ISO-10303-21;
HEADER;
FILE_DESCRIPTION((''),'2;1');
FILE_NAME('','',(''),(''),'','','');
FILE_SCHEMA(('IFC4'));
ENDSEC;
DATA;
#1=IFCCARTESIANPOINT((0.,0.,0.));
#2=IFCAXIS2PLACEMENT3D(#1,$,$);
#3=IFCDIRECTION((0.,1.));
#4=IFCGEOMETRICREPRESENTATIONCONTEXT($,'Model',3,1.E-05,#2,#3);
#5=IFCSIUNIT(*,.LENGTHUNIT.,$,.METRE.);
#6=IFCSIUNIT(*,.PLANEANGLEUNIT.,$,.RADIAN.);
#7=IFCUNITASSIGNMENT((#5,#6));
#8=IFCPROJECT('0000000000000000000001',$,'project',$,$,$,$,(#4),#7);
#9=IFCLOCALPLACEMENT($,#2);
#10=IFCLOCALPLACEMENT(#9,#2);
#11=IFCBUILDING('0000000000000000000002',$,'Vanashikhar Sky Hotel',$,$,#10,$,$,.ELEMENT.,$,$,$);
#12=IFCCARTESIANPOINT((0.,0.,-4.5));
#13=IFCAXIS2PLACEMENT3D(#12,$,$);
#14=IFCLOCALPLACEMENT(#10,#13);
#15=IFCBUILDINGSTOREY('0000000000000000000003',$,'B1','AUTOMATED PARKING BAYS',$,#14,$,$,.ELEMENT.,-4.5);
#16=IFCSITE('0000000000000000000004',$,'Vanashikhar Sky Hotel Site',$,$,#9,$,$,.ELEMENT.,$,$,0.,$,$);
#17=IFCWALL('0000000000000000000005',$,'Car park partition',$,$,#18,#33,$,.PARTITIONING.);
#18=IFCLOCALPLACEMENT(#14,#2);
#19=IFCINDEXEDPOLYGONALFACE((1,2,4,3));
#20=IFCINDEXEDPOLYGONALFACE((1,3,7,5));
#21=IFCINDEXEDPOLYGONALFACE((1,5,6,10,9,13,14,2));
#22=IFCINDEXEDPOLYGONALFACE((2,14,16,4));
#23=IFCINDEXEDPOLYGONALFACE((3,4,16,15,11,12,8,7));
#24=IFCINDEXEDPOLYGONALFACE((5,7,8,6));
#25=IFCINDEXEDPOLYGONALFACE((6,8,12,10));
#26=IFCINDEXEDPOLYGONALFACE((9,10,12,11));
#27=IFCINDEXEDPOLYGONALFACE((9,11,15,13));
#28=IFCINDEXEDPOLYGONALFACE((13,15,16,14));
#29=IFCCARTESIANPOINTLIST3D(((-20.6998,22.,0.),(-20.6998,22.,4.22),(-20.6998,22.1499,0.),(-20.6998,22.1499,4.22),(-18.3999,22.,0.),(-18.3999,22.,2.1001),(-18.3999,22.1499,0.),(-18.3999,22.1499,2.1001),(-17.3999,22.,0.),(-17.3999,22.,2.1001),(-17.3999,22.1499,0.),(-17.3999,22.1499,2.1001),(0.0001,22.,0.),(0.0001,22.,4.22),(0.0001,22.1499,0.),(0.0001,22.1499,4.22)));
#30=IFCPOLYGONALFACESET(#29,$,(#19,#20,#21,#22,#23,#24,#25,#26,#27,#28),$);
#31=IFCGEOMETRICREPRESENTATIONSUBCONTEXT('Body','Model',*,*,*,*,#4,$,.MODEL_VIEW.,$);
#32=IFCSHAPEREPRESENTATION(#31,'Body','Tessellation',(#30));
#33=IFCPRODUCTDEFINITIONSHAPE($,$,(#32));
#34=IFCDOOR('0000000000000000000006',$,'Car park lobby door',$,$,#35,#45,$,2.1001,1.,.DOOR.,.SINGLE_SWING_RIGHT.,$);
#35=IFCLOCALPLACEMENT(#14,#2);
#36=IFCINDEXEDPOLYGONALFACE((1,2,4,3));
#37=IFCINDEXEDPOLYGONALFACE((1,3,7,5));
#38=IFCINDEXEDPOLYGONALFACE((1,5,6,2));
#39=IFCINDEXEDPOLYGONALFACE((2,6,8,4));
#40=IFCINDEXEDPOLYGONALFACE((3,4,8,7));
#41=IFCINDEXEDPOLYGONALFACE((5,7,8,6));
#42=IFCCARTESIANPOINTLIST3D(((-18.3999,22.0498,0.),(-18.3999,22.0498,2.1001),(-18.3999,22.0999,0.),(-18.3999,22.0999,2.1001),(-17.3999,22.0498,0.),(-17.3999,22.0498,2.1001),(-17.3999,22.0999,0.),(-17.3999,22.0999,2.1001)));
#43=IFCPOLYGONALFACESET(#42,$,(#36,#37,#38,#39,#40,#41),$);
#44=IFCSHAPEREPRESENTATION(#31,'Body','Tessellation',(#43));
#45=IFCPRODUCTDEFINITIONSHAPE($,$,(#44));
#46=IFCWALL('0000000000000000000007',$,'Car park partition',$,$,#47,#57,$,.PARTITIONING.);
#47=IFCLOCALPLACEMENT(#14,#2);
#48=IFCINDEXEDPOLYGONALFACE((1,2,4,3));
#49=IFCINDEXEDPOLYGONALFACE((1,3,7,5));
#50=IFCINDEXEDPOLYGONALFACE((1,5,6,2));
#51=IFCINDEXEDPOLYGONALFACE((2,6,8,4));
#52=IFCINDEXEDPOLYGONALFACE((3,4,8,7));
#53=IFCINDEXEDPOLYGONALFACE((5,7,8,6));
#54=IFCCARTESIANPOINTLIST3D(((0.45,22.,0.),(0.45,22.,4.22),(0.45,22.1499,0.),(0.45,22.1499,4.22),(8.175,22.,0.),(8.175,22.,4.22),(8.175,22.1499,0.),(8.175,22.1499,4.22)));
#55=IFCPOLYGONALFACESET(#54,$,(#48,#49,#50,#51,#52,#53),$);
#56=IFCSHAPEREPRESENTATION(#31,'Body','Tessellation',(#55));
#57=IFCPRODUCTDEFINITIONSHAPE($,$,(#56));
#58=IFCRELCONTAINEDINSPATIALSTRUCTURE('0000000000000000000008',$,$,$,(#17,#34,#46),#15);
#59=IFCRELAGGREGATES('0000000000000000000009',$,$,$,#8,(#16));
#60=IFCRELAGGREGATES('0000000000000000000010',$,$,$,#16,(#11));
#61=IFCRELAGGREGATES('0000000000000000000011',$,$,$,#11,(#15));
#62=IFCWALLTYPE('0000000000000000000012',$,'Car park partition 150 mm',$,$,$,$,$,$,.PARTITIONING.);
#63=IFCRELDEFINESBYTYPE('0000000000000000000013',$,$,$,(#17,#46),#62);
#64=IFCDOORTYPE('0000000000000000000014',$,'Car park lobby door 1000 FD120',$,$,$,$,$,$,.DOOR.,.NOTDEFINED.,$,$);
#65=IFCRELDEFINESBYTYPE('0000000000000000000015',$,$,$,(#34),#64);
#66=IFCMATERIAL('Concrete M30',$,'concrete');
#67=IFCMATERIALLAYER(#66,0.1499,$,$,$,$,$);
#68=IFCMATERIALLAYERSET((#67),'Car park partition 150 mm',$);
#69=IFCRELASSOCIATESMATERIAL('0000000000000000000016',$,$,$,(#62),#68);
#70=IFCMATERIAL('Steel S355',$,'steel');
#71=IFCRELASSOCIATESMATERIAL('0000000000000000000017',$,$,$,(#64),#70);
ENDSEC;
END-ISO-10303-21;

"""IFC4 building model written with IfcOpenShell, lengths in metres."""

from ifc_helpers import new_model, si_unit, direction, frame, frame_2d, origin, place, context, subcontext, project, spatial, rectangle, extrude, source, transform, mapped, material, layer, layer_set, type_object, element, fill, save


model = new_model("IFC4")

# Units and contexts
model_context = context("Model", 3, precision=1e-05, world=origin(), true_north=direction((0.0, 1.0)))
body_context = subcontext(model_context, "Body", "Model", "MODEL_VIEW")
ifc_project = project(units=[si_unit("LENGTHUNIT", "METRE"), si_unit("PLANEANGLEUNIT", "RADIAN")], contexts=[model_context])

# Site, building, storey
site_placement = place(None, origin())
site = spatial("IfcSite", under=ifc_project, at=site_placement, Name="Vanashikhar Sky Hotel Site", CompositionType="ELEMENT", RefElevation=0.0)
building_placement = place(site_placement, origin())
building = spatial("IfcBuilding", under=site, at=building_placement, Name="Vanashikhar Sky Hotel", CompositionType="ELEMENT")
storey_placement = place(building_placement, frame((0.0, 0.0, -4.5)))
storey = spatial("IfcBuildingStorey", under=building, at=storey_placement, Name="B1", Description="AUTOMATED PARKING BAYS", CompositionType="ELEMENT", Elevation=-4.5)

# Wall, opening, door
ifc_material_1 = material(Name="Concrete M30", Category="concrete")
ifc_layer_1 = layer(ifc_material_1, 0.1499)
ifc_layer_set_1 = layer_set([ifc_layer_1], Name="Car park partition 150 mm")
wall_type_1 = type_object("IfcWallType", Name="Car park partition 150 mm", PredefinedType="PARTITIONING", material=ifc_layer_set_1)
shared_shape_1 = source(origin(), body_context, "Body", "SweptSolid", [
    extrude(rectangle(XDim=20.7, YDim=0.1499, at=frame_2d((10.3501, 0.0))), origin(), (0.0, 0.0, 1.0), 4.22),
])
wall_1_placement = place(storey_placement, frame((-20.7, 22.075, 0.0), z_axis=(0.0, 0.0, 1.0), x_axis=(1.0, 0.0, 0.0)))
wall_1 = element("IfcWall", 1, at=wall_1_placement, inside=storey, type_object=wall_type_1, Name="Car park partition", PredefinedType="PARTITIONING", context=body_context, shape_type="MappedRepresentation", body=[
    mapped(shared_shape_1, transform((0.0, 0.0, 0.0), scale=1.0)),
])
shared_shape_2 = source(origin(), body_context, "Body", "SweptSolid", [
    extrude(rectangle(XDim=1.0, YDim=2.1001, at=frame_2d((0.5, 1.05))), frame((0.0, 0.085, 0.0), z_axis=(0.0, -1.0, 0.0), x_axis=(1.0, 0.0, 0.0)), (0.0, 0.0, 1.0), 0.1699),
])
opening_placement = place(wall_1_placement, frame((2.3, 0.0, 0.0)))
opening = element("IfcOpeningElement", 2, at=opening_placement, cuts=wall_1, PredefinedType="OPENING", context=body_context, shape_type="MappedRepresentation", body=[
    mapped(shared_shape_2, transform((0.0, 0.0, 0.0), scale=1.0)),
])
ifc_material_2 = material(Name="Steel S355", Category="steel")
door_type = type_object("IfcDoorType", Name="Car park lobby door 1000 FD120", OperationType="NOTDEFINED", PredefinedType="DOOR", material=ifc_material_2)
shared_shape_3 = source(origin(), body_context, "Body", "SweptSolid", [
    extrude(rectangle(XDim=1.0, YDim=2.1001, at=frame_2d((0.5, 1.05))), frame((0.0, 0.0249, 0.0), z_axis=(0.0, -1.0, 0.0), x_axis=(1.0, 0.0, 0.0)), (0.0, 0.0, 1.0), 0.05),
])
door_placement = place(opening_placement, origin())
door = element("IfcDoor", 3, at=door_placement, inside=storey, type_object=door_type, Name="Car park lobby door", OperationType="SINGLE_SWING_RIGHT", OverallHeight=2.1001, OverallWidth=1.0, PredefinedType="DOOR", context=body_context, shape_type="MappedRepresentation", body=[
    mapped(shared_shape_3, transform((0.0, 0.0, 0.0), scale=1.0)),
])
fill(opening, door)

# Wall
shared_shape_4 = source(origin(), body_context, "Body", "SweptSolid", [
    extrude(rectangle(XDim=7.7251, YDim=0.1499, at=frame_2d((3.8625, 0.0))), origin(), (0.0, 0.0, 1.0), 4.22),
])
wall_2_placement = place(storey_placement, frame((0.45, 22.075, 0.0), z_axis=(0.0, 0.0, 1.0), x_axis=(1.0, 0.0, 0.0)))
element("IfcWall", 4, at=wall_2_placement, inside=storey, type_object=wall_type_1, Name="Car park partition", PredefinedType="PARTITIONING", context=body_context, shape_type="MappedRepresentation", body=[
    mapped(shared_shape_4, transform((0.0, 0.0, 0.0), scale=1.0)),
])

save(model, "model.ifc")
